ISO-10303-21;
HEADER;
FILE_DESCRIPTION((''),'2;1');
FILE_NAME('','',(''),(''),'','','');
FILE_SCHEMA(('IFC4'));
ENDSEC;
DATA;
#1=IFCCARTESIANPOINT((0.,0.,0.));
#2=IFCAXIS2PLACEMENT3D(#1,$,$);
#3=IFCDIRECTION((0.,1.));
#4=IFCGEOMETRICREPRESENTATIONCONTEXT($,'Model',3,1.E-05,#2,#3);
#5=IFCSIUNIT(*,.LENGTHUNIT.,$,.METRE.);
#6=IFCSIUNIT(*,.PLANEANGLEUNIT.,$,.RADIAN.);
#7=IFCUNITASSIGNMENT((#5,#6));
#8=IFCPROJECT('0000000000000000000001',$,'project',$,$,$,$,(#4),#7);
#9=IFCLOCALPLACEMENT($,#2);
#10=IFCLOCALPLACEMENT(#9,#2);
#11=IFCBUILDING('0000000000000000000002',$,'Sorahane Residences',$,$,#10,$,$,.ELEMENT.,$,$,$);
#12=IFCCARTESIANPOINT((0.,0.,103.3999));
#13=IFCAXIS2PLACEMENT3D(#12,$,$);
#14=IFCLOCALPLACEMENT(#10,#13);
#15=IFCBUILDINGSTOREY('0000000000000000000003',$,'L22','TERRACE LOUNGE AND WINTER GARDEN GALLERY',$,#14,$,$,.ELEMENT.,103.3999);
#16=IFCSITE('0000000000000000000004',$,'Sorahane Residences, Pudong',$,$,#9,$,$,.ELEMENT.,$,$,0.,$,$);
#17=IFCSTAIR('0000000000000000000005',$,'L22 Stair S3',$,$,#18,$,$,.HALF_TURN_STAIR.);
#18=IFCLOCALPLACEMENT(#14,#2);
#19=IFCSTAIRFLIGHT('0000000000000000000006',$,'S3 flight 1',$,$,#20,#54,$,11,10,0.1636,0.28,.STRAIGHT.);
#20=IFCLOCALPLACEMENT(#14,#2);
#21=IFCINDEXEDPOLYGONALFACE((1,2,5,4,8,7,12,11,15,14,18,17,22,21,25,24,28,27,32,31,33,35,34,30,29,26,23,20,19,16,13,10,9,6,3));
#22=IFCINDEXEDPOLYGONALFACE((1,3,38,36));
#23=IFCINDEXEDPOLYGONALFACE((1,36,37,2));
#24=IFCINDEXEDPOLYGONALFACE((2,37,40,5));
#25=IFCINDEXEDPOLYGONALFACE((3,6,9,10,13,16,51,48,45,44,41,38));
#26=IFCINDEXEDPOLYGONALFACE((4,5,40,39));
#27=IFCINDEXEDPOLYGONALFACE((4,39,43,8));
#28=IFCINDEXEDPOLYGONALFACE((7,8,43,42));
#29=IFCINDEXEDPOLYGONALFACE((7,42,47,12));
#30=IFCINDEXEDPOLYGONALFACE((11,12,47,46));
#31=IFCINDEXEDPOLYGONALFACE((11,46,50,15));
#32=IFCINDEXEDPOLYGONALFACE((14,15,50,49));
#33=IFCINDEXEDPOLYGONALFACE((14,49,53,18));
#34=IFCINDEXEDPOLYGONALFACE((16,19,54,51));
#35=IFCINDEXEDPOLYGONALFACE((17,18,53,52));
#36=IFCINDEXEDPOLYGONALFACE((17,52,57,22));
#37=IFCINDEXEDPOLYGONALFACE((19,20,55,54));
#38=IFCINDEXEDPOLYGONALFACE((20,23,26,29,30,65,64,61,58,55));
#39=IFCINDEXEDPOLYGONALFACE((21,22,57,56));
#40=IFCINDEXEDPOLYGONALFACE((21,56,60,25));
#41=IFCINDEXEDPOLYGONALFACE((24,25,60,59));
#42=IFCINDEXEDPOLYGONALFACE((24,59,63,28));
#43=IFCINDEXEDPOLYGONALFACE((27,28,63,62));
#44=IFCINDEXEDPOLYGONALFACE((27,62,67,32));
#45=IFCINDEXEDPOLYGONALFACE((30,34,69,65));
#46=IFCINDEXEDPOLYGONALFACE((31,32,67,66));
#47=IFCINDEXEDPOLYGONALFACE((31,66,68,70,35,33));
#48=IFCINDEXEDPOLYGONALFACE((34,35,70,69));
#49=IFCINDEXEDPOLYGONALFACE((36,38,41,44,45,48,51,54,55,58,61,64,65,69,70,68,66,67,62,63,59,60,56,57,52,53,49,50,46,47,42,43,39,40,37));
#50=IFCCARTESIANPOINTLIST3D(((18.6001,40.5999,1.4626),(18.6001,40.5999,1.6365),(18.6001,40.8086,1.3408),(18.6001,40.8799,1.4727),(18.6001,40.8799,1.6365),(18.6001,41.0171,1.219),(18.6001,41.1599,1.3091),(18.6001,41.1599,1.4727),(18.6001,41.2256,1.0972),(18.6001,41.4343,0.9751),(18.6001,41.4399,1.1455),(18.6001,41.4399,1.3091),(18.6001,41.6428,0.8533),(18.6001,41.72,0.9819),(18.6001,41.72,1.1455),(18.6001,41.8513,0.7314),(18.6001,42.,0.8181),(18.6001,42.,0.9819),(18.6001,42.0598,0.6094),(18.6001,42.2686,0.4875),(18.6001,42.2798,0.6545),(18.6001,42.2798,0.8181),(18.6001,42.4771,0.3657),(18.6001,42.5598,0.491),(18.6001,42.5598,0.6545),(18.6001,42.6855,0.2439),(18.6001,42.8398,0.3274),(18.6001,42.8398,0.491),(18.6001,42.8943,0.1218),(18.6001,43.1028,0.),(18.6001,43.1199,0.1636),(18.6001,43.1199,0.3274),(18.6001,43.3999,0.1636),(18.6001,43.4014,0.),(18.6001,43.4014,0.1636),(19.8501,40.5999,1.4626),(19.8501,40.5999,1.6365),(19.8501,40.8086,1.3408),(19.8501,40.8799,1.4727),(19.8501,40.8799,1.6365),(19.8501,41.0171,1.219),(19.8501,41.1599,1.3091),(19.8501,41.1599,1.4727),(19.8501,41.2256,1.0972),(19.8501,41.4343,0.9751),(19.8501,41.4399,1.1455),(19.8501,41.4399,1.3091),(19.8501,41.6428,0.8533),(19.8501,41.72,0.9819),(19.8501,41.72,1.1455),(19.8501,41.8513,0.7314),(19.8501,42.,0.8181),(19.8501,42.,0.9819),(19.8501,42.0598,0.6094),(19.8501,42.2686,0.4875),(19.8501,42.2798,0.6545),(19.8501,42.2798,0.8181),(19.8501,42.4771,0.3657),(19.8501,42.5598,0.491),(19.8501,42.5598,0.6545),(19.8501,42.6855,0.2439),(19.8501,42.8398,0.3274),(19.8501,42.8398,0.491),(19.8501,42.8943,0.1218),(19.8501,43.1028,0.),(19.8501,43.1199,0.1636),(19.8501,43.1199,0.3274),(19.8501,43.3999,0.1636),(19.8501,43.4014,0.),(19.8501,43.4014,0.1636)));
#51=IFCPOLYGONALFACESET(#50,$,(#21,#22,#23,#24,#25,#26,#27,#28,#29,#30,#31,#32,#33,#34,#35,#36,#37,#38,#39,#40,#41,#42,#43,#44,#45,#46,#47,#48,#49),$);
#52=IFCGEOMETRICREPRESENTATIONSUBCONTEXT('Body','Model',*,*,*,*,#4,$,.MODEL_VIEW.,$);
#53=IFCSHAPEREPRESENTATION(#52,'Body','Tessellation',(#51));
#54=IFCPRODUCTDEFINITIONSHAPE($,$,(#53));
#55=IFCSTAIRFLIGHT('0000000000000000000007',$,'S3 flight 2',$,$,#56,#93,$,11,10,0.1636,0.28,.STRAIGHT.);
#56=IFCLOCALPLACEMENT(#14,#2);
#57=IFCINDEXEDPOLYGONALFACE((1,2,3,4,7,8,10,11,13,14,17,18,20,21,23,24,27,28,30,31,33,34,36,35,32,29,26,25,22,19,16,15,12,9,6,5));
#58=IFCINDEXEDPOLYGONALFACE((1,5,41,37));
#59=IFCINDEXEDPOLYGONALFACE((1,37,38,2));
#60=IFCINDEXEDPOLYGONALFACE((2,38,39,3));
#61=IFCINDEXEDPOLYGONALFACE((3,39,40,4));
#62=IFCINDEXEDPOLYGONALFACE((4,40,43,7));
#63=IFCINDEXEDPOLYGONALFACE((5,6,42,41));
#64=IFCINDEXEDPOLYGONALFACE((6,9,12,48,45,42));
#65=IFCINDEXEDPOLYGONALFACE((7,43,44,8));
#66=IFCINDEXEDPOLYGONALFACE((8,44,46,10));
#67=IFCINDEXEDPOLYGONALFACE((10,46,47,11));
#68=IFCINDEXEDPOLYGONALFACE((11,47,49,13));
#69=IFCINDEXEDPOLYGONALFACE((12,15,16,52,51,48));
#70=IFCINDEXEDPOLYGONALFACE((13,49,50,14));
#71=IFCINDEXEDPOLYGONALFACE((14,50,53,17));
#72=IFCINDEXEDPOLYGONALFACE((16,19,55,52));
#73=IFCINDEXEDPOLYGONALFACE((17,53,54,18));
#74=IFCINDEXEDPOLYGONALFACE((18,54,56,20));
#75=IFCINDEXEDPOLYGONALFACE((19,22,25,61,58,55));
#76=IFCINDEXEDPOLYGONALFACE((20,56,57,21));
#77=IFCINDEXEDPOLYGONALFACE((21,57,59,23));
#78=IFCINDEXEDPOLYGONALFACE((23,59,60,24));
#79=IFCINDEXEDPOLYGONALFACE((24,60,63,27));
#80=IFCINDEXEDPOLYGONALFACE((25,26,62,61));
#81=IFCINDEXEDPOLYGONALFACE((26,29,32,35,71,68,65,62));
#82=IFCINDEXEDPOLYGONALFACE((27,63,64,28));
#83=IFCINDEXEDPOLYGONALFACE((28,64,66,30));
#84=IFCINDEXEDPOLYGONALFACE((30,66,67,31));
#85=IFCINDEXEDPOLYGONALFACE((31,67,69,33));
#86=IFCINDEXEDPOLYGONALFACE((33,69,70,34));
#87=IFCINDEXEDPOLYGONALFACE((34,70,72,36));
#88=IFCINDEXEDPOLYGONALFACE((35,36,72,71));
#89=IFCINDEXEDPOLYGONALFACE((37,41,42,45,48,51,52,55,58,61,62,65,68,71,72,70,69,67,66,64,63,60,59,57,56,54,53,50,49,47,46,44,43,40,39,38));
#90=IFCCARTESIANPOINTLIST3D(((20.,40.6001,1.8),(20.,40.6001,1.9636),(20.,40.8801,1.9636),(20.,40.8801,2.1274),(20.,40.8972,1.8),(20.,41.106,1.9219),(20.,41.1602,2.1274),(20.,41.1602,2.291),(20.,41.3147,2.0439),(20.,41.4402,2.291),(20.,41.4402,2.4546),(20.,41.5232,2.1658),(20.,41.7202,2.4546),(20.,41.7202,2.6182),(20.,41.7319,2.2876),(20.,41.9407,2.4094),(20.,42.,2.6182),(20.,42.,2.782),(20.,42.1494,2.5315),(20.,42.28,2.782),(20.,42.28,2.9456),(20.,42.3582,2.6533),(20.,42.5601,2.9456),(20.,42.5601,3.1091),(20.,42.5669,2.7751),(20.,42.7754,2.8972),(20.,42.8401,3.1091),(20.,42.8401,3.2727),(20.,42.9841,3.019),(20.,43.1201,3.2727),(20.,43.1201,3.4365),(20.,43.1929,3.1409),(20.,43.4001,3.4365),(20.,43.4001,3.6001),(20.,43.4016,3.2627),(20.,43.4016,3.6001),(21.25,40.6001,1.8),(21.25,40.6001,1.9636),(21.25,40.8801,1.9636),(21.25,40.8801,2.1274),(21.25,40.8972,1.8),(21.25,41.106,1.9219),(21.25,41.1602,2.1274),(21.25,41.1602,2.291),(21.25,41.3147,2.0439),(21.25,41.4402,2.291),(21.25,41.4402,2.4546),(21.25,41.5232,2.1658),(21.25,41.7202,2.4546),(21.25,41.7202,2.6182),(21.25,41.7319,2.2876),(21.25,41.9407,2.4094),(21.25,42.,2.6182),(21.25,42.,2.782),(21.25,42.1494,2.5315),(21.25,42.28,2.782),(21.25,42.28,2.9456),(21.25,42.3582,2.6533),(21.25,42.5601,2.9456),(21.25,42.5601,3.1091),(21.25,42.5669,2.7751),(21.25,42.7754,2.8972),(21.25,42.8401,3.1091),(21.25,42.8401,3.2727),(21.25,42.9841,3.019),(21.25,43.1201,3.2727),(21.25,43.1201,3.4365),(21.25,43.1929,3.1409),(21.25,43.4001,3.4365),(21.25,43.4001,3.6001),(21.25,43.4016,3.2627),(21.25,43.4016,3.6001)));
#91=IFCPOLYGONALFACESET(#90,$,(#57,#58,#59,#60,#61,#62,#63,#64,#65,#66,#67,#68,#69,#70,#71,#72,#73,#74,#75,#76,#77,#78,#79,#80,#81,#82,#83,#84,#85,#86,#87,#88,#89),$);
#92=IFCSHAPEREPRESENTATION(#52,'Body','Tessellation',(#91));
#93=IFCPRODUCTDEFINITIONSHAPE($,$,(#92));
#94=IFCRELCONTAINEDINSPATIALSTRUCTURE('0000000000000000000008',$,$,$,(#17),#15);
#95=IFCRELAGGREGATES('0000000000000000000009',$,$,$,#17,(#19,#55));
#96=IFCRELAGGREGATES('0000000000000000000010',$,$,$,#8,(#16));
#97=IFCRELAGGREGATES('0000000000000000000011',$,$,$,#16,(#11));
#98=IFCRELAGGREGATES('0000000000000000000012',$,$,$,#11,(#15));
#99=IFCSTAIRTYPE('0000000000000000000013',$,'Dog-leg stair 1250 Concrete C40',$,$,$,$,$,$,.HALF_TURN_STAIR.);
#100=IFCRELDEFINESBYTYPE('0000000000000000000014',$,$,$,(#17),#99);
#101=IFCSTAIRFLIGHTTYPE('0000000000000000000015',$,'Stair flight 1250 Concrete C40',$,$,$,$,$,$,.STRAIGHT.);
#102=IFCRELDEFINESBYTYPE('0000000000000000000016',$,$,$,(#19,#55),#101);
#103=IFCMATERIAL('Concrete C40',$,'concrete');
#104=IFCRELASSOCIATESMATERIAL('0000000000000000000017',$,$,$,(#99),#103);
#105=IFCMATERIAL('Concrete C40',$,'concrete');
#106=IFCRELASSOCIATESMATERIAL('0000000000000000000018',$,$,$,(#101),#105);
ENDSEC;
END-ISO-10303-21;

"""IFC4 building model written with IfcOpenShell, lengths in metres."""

from ifc_helpers import new_model, si_unit, direction, frame, origin, place, context, subcontext, project, spatial, polyline, outline, extrude, material, type_object, element, aggregate, save


model = new_model("IFC4")

# Units and contexts
model_context = context("Model", 3, precision=1e-05, world=origin(), true_north=direction((0.0, 1.0)))
body_context = subcontext(model_context, "Body", "Model", "MODEL_VIEW")
ifc_project = project(units=[si_unit("LENGTHUNIT", "METRE"), si_unit("PLANEANGLEUNIT", "RADIAN")], contexts=[model_context])

# Site, building, storey
site_placement = place(None, origin())
site = spatial("IfcSite", under=ifc_project, at=site_placement, Name="Sorahane Residences, Pudong", CompositionType="ELEMENT", RefElevation=0.0)
building_placement = place(site_placement, origin())
building = spatial("IfcBuilding", under=site, at=building_placement, Name="Sorahane Residences", CompositionType="ELEMENT")
storey_placement = place(building_placement, frame((0.0, 0.0, 103.3999)))
storey = spatial("IfcBuildingStorey", under=building, at=storey_placement, Name="L22", Description="TERRACE LOUNGE AND WINTER GARDEN GALLERY", CompositionType="ELEMENT", Elevation=103.3999)

# Stair, stair flights
ifc_material_1 = material(Name="Concrete C40", Category="concrete")
stair_type = type_object("IfcStairType", Name="Dog-leg stair 1250 Concrete C40", PredefinedType="HALF_TURN_STAIR", material=ifc_material_1)
ifc_material_2 = material(Name="Concrete C40", Category="concrete")
stair_flight_type = type_object("IfcStairFlightType", Name="Stair flight 1250 Concrete C40", PredefinedType="STRAIGHT", material=ifc_material_2)
stair_1_placement = place(storey_placement, origin())
stair_1 = element("IfcStair", 1, at=stair_1_placement, inside=storey, type_object=stair_type, Name="L22 Stair S3", PredefinedType="HALF_TURN_STAIR")
stair_flight_1_placement = place(storey_placement, frame((19.2251, 43.3999, 0.0), z_axis=(0.0, 0.0, 1.0), x_axis=(0.0, -1.0, 0.0)))
stair_flight_1 = element("IfcStairFlight", 2, at=stair_flight_1_placement, type_object=stair_flight_type, Name="S3 flight 1", NumberOfRisers=11, NumberOfTreads=10, PredefinedType="STRAIGHT", RiserHeight=0.1636, TreadLength=0.28, context=body_context, shape_type="SweptSolid", body=[
    extrude(outline(polyline([(-0.0015, 0.0), (-0.0015, 0.1636), (0.0, 0.1636), (0.28, 0.1636), (0.28, 0.3274), (0.5601, 0.3274), (0.5601, 0.491), (0.8401, 0.491), (0.8401, 0.6545), (1.1201, 0.6545), (1.1201, 0.8181), (1.3999, 0.8181), (1.3999, 0.9819), (1.6799, 0.9819), (1.6799, 1.1455), (1.96, 1.1455), (1.96, 1.3091), (2.24, 1.3091), (2.24, 1.4727), (2.52, 1.4727), (2.52, 1.6365), (2.8, 1.6365), (2.8, 1.8), (2.8, 1.4626), (2.5913, 1.3408), (2.3828, 1.219), (2.1743, 1.0972), (1.9656, 0.9751), (1.7571, 0.8533), (1.5486, 0.7314), (1.3401, 0.6094), (1.1313, 0.4875), (0.9229, 0.3657), (0.7144, 0.2439), (0.5056, 0.1218), (0.2971, 0.0), (-0.0015, 0.0)])), frame((0.0, 0.625, 0.0), z_axis=(0.0, -1.0, 0.0), x_axis=(1.0, 0.0, 0.0)), (0.0, 0.0, 1.0), 1.25),
])
stair_flight_2_placement = place(storey_placement, frame((20.625, 40.6001, 1.8), z_axis=(0.0, 0.0, 1.0), x_axis=(0.0, 1.0, 0.0)))
stair_flight_2 = element("IfcStairFlight", 3, at=stair_flight_2_placement, type_object=stair_flight_type, Name="S3 flight 2", NumberOfRisers=11, NumberOfTreads=10, PredefinedType="STRAIGHT", RiserHeight=0.1636, TreadLength=0.28, context=body_context, shape_type="SweptSolid", body=[
    extrude(outline(polyline([(0.0, 0.0), (0.0, 0.1636), (0.28, 0.1636), (0.28, 0.3274), (0.5601, 0.3274), (0.5601, 0.491), (0.8401, 0.491), (0.8401, 0.6545), (1.1201, 0.6545), (1.1201, 0.8181), (1.3999, 0.8181), (1.3999, 0.9819), (1.6799, 0.9819), (1.6799, 1.1455), (1.96, 1.1455), (1.96, 1.3091), (2.24, 1.3091), (2.24, 1.4727), (2.52, 1.4727), (2.52, 1.6365), (2.8, 1.6365), (2.8, 1.8), (2.8015, 1.8), (2.8015, 1.4626), (2.5928, 1.3408), (2.384, 1.219), (2.1753, 1.0972), (1.9668, 0.9751), (1.7581, 0.8533), (1.5493, 0.7314), (1.3406, 0.6094), (1.1318, 0.4875), (0.9231, 0.3657), (0.7146, 0.2439), (0.5059, 0.1218), (0.2971, 0.0), (0.0, 0.0)])), frame((0.0, 0.625, 0.0), z_axis=(0.0, -1.0, 0.0), x_axis=(1.0, 0.0, 0.0)), (0.0, 0.0, 1.0), 1.25),
])
aggregate(stair_1, [stair_flight_1, stair_flight_2])

save(model, "model.ifc")
